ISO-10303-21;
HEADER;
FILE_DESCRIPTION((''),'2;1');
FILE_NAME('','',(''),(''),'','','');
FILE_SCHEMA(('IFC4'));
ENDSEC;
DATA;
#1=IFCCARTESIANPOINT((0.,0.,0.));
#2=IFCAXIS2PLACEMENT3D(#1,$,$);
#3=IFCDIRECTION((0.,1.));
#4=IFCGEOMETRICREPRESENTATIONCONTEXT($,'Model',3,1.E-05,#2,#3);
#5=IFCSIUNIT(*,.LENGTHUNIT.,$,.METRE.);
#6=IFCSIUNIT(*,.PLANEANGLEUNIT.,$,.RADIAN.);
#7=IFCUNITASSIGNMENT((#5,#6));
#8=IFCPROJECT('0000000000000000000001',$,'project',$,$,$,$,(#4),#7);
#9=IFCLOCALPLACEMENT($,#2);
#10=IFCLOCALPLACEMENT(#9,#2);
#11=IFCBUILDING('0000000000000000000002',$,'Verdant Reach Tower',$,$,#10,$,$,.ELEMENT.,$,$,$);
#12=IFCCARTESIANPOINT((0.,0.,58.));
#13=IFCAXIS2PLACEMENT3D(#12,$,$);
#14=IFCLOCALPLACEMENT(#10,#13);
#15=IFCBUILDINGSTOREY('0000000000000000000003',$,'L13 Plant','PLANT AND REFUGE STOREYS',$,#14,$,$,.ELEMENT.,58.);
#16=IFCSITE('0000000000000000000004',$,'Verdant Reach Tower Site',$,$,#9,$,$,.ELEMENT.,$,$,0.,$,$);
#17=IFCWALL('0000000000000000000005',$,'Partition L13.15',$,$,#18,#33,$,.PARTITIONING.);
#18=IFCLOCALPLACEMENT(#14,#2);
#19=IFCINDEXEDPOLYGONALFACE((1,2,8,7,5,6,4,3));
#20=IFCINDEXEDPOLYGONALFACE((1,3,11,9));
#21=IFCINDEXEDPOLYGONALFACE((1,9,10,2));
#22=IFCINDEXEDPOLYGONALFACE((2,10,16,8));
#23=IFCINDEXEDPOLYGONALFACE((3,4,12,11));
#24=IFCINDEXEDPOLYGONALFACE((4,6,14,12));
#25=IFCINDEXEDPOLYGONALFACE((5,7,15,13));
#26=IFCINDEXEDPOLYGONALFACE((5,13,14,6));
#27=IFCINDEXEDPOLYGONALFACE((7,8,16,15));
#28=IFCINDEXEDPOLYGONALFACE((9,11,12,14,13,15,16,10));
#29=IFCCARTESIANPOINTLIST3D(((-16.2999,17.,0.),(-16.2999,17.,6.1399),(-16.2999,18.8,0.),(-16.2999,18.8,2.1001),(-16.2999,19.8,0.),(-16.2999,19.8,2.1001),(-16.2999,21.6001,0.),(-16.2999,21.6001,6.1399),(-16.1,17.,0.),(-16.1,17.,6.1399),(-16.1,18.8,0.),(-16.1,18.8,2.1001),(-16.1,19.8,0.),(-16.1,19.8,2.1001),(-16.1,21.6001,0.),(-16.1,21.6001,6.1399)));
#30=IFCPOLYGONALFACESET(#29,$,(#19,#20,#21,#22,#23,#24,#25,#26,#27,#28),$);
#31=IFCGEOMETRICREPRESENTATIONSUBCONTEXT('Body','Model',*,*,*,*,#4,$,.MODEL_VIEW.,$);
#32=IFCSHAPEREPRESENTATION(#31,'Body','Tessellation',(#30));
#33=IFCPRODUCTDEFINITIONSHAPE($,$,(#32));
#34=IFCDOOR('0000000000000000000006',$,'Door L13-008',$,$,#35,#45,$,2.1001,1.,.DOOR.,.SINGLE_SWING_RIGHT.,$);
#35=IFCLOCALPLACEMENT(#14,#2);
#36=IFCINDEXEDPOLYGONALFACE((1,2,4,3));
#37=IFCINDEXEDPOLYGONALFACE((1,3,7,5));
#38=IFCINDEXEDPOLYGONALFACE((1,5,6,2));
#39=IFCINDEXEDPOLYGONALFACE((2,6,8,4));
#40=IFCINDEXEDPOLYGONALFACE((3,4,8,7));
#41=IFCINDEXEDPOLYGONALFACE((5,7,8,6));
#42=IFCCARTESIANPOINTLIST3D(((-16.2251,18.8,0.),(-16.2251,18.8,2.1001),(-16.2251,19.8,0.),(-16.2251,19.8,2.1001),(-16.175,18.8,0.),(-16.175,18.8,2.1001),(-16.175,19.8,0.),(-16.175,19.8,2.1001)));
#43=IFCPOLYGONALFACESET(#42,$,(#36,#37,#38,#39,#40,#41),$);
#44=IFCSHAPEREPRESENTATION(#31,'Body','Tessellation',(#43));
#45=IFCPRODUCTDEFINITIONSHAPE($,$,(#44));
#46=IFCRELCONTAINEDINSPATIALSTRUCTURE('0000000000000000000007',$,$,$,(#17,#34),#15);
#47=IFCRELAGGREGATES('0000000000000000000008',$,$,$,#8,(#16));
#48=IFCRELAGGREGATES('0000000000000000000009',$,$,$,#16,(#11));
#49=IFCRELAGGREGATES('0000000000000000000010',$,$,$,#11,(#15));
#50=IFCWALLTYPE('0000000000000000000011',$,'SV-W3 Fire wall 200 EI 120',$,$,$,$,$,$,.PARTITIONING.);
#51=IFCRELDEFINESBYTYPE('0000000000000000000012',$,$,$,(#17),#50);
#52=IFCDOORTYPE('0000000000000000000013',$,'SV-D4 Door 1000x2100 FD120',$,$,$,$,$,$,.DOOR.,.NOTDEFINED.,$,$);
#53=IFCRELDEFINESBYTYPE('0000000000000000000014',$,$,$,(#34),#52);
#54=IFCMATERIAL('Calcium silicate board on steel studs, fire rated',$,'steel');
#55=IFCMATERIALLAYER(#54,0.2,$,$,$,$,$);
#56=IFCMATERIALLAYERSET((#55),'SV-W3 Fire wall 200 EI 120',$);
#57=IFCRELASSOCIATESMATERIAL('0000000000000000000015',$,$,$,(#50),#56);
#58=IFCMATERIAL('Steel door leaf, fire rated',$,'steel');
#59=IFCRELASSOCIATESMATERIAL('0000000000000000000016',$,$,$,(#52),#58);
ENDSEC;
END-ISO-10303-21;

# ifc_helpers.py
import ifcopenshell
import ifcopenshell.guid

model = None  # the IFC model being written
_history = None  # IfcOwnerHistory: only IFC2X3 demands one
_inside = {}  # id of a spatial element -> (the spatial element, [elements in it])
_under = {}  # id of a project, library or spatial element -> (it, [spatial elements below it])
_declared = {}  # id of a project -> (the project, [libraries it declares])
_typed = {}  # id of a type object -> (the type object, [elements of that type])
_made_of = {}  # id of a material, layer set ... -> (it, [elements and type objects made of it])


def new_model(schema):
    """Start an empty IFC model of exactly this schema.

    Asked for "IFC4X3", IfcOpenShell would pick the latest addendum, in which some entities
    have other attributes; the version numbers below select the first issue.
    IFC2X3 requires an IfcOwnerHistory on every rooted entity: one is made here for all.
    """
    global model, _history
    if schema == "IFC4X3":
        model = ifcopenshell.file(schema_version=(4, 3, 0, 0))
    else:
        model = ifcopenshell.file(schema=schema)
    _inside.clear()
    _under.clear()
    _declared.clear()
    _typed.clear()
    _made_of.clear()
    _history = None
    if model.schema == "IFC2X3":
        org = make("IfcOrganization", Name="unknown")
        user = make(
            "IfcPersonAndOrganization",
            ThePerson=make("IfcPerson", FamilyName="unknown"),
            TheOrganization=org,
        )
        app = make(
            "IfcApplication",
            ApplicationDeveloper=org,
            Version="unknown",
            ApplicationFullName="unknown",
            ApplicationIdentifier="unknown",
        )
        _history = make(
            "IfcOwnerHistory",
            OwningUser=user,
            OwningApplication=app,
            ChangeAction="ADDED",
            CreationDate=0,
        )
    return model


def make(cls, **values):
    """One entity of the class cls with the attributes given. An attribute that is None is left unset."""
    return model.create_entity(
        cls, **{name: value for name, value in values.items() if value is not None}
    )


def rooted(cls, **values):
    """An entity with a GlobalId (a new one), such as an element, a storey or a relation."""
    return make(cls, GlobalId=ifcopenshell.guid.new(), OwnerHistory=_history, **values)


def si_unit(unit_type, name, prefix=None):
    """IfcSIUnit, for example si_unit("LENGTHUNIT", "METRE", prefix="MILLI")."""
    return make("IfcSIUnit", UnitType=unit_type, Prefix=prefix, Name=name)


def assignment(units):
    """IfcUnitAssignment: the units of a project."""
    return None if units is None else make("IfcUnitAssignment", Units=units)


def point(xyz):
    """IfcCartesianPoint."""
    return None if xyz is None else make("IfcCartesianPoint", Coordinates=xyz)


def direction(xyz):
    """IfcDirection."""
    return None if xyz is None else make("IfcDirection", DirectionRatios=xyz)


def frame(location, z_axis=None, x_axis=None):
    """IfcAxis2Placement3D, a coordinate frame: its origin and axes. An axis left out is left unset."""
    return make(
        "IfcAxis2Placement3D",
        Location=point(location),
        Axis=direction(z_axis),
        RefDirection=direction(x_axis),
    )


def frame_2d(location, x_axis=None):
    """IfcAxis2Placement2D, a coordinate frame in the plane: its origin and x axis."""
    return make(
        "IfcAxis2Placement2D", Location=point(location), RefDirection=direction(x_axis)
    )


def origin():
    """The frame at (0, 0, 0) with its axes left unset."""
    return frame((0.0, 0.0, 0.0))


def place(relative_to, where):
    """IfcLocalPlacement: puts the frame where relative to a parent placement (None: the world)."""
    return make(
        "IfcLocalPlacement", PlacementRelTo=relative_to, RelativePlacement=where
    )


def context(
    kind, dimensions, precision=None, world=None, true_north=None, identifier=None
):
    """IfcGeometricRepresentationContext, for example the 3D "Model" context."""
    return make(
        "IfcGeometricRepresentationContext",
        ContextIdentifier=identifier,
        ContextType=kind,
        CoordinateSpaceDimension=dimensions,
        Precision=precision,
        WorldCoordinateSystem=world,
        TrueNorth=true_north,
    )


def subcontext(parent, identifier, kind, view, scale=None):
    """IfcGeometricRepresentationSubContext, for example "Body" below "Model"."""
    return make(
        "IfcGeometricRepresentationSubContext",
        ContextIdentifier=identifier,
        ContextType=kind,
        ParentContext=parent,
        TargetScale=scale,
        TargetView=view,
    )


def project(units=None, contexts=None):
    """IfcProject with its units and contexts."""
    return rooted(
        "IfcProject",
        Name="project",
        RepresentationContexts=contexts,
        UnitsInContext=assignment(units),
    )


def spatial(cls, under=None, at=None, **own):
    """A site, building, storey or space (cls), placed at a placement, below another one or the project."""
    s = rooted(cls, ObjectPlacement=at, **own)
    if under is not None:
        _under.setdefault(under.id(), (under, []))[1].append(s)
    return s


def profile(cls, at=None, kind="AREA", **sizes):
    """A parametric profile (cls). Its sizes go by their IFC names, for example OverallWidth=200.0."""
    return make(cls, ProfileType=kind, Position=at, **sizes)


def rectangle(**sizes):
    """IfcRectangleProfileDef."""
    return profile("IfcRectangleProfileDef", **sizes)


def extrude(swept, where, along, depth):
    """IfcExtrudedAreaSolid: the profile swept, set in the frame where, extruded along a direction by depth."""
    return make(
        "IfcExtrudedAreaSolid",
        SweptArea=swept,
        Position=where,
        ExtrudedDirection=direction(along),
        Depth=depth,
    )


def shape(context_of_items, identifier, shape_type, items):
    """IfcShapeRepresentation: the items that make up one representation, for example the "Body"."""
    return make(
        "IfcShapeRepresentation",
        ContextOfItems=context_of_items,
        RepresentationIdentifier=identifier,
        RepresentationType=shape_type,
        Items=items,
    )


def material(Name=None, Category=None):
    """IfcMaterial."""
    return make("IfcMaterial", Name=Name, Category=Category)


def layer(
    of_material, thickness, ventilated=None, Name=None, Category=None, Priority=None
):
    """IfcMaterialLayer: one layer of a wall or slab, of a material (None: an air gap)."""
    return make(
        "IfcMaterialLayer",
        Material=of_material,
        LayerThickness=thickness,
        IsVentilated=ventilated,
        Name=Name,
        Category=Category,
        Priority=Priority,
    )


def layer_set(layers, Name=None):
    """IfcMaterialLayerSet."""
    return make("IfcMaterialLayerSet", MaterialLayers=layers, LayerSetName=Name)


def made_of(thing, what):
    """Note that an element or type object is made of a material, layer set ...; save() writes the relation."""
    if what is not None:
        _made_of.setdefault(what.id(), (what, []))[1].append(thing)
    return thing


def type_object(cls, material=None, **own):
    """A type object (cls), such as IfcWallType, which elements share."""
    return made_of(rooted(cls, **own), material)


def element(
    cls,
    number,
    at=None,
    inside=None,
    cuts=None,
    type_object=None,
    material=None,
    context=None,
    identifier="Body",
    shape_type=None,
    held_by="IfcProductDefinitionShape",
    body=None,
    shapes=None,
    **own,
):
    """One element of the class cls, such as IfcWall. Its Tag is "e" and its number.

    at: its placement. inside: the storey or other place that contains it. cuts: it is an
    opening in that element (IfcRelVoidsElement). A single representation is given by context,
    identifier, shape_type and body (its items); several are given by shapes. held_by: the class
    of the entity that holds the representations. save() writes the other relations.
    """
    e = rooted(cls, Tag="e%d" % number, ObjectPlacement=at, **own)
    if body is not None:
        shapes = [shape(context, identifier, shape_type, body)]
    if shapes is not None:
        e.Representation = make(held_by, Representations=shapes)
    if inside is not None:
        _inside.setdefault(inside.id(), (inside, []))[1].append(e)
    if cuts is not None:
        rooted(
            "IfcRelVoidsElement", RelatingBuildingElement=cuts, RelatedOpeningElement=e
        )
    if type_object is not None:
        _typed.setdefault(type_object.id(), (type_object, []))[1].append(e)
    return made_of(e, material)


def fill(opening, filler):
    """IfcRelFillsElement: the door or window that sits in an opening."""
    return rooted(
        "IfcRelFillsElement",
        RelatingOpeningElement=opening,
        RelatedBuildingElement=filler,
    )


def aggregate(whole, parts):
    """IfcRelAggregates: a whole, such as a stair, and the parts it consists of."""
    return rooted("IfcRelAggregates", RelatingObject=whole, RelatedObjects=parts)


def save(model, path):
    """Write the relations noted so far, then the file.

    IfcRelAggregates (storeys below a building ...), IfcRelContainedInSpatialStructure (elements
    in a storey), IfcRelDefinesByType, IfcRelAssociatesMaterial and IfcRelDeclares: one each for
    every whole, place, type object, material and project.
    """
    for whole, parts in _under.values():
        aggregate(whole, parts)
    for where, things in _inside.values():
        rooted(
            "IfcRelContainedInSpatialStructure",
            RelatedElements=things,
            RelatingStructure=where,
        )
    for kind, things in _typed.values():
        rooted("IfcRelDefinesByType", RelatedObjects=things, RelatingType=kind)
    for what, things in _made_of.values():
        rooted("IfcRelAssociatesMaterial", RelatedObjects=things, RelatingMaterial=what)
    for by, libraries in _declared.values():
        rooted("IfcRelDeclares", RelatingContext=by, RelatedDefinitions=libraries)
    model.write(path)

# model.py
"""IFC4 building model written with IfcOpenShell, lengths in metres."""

from ifc_helpers import new_model, si_unit, direction, frame, frame_2d, origin, place, context, subcontext, project, spatial, rectangle, extrude, material, layer, layer_set, type_object, element, fill, save


model = new_model("IFC4")

# Units and contexts
model_context = context("Model", 3, precision=1e-05, world=origin(), true_north=direction((0.0, 1.0)))
body_context = subcontext(model_context, "Body", "Model", "MODEL_VIEW")
ifc_project = project(units=[si_unit("LENGTHUNIT", "METRE"), si_unit("PLANEANGLEUNIT", "RADIAN")], contexts=[model_context])

# Site, building, storey
site_placement = place(None, origin())
site = spatial("IfcSite", under=ifc_project, at=site_placement, Name="Verdant Reach Tower Site", CompositionType="ELEMENT", RefElevation=0.0)
building_placement = place(site_placement, origin())
building = spatial("IfcBuilding", under=site, at=building_placement, Name="Verdant Reach Tower", CompositionType="ELEMENT")
storey_placement = place(building_placement, frame((0.0, 0.0, 58.0)))
storey = spatial("IfcBuildingStorey", under=building, at=storey_placement, Name="L13 Plant", Description="PLANT AND REFUGE STOREYS", CompositionType="ELEMENT", Elevation=58.0)

# Wall, opening, door
ifc_material_1 = material(Name="Calcium silicate board on steel studs, fire rated", Category="steel")
ifc_layer_1 = layer(ifc_material_1, 0.2)
ifc_layer_set_1 = layer_set([ifc_layer_1], Name="SV-W3 Fire wall 200 EI 120")
wall_type_1 = type_object("IfcWallType", Name="SV-W3 Fire wall 200 EI 120", PredefinedType="PARTITIONING", material=ifc_layer_set_1)
wall_1_placement = place(storey_placement, frame((-16.2, 21.6001, 0.0), z_axis=(0.0, 0.0, 1.0), x_axis=(0.0, -1.0, 0.0)))
wall_1 = element("IfcWall", 1, at=wall_1_placement, inside=storey, type_object=wall_type_1, Name="Partition L13.15", PredefinedType="PARTITIONING", context=body_context, shape_type="SweptSolid", body=[
    extrude(rectangle(XDim=4.6001, YDim=0.2, at=frame_2d((2.3, 0.0))), origin(), (0.0, 0.0, 1.0), 6.1399),
])
opening_1_placement = place(wall_1_placement, frame((1.8, 0.0, 0.0)))
opening_1 = element("IfcOpeningElement", 2, at=opening_1_placement, cuts=wall_1, PredefinedType="OPENING", context=body_context, shape_type="SweptSolid", body=[
    extrude(rectangle(XDim=1.0, YDim=2.1001, at=frame_2d((0.5, 1.05))), frame((0.0, 0.1099, 0.0), z_axis=(0.0, -1.0, 0.0), x_axis=(1.0, 0.0, 0.0)), (0.0, 0.0, 1.0), 0.22),
])
ifc_material_2 = material(Name="Steel door leaf, fire rated", Category="steel")
door_type_1 = type_object("IfcDoorType", Name="SV-D4 Door 1000x2100 FD120", OperationType="NOTDEFINED", PredefinedType="DOOR", material=ifc_material_2)
door_1_placement = place(opening_1_placement, origin())
door_1 = element("IfcDoor", 3, at=door_1_placement, inside=storey, type_object=door_type_1, Name="Door L13-008", OperationType="SINGLE_SWING_RIGHT", OverallHeight=2.1001, OverallWidth=1.0, PredefinedType="DOOR", context=body_context, shape_type="SweptSolid", body=[
    extrude(rectangle(XDim=1.0, YDim=2.1001, at=frame_2d((0.5, 1.05))), frame((0.0, 0.0249, 0.0), z_axis=(0.0, -1.0, 0.0), x_axis=(1.0, 0.0, 0.0)), (0.0, 0.0, 1.0), 0.05),
])
fill(opening_1, door_1)

save(model, "model.ifc")
